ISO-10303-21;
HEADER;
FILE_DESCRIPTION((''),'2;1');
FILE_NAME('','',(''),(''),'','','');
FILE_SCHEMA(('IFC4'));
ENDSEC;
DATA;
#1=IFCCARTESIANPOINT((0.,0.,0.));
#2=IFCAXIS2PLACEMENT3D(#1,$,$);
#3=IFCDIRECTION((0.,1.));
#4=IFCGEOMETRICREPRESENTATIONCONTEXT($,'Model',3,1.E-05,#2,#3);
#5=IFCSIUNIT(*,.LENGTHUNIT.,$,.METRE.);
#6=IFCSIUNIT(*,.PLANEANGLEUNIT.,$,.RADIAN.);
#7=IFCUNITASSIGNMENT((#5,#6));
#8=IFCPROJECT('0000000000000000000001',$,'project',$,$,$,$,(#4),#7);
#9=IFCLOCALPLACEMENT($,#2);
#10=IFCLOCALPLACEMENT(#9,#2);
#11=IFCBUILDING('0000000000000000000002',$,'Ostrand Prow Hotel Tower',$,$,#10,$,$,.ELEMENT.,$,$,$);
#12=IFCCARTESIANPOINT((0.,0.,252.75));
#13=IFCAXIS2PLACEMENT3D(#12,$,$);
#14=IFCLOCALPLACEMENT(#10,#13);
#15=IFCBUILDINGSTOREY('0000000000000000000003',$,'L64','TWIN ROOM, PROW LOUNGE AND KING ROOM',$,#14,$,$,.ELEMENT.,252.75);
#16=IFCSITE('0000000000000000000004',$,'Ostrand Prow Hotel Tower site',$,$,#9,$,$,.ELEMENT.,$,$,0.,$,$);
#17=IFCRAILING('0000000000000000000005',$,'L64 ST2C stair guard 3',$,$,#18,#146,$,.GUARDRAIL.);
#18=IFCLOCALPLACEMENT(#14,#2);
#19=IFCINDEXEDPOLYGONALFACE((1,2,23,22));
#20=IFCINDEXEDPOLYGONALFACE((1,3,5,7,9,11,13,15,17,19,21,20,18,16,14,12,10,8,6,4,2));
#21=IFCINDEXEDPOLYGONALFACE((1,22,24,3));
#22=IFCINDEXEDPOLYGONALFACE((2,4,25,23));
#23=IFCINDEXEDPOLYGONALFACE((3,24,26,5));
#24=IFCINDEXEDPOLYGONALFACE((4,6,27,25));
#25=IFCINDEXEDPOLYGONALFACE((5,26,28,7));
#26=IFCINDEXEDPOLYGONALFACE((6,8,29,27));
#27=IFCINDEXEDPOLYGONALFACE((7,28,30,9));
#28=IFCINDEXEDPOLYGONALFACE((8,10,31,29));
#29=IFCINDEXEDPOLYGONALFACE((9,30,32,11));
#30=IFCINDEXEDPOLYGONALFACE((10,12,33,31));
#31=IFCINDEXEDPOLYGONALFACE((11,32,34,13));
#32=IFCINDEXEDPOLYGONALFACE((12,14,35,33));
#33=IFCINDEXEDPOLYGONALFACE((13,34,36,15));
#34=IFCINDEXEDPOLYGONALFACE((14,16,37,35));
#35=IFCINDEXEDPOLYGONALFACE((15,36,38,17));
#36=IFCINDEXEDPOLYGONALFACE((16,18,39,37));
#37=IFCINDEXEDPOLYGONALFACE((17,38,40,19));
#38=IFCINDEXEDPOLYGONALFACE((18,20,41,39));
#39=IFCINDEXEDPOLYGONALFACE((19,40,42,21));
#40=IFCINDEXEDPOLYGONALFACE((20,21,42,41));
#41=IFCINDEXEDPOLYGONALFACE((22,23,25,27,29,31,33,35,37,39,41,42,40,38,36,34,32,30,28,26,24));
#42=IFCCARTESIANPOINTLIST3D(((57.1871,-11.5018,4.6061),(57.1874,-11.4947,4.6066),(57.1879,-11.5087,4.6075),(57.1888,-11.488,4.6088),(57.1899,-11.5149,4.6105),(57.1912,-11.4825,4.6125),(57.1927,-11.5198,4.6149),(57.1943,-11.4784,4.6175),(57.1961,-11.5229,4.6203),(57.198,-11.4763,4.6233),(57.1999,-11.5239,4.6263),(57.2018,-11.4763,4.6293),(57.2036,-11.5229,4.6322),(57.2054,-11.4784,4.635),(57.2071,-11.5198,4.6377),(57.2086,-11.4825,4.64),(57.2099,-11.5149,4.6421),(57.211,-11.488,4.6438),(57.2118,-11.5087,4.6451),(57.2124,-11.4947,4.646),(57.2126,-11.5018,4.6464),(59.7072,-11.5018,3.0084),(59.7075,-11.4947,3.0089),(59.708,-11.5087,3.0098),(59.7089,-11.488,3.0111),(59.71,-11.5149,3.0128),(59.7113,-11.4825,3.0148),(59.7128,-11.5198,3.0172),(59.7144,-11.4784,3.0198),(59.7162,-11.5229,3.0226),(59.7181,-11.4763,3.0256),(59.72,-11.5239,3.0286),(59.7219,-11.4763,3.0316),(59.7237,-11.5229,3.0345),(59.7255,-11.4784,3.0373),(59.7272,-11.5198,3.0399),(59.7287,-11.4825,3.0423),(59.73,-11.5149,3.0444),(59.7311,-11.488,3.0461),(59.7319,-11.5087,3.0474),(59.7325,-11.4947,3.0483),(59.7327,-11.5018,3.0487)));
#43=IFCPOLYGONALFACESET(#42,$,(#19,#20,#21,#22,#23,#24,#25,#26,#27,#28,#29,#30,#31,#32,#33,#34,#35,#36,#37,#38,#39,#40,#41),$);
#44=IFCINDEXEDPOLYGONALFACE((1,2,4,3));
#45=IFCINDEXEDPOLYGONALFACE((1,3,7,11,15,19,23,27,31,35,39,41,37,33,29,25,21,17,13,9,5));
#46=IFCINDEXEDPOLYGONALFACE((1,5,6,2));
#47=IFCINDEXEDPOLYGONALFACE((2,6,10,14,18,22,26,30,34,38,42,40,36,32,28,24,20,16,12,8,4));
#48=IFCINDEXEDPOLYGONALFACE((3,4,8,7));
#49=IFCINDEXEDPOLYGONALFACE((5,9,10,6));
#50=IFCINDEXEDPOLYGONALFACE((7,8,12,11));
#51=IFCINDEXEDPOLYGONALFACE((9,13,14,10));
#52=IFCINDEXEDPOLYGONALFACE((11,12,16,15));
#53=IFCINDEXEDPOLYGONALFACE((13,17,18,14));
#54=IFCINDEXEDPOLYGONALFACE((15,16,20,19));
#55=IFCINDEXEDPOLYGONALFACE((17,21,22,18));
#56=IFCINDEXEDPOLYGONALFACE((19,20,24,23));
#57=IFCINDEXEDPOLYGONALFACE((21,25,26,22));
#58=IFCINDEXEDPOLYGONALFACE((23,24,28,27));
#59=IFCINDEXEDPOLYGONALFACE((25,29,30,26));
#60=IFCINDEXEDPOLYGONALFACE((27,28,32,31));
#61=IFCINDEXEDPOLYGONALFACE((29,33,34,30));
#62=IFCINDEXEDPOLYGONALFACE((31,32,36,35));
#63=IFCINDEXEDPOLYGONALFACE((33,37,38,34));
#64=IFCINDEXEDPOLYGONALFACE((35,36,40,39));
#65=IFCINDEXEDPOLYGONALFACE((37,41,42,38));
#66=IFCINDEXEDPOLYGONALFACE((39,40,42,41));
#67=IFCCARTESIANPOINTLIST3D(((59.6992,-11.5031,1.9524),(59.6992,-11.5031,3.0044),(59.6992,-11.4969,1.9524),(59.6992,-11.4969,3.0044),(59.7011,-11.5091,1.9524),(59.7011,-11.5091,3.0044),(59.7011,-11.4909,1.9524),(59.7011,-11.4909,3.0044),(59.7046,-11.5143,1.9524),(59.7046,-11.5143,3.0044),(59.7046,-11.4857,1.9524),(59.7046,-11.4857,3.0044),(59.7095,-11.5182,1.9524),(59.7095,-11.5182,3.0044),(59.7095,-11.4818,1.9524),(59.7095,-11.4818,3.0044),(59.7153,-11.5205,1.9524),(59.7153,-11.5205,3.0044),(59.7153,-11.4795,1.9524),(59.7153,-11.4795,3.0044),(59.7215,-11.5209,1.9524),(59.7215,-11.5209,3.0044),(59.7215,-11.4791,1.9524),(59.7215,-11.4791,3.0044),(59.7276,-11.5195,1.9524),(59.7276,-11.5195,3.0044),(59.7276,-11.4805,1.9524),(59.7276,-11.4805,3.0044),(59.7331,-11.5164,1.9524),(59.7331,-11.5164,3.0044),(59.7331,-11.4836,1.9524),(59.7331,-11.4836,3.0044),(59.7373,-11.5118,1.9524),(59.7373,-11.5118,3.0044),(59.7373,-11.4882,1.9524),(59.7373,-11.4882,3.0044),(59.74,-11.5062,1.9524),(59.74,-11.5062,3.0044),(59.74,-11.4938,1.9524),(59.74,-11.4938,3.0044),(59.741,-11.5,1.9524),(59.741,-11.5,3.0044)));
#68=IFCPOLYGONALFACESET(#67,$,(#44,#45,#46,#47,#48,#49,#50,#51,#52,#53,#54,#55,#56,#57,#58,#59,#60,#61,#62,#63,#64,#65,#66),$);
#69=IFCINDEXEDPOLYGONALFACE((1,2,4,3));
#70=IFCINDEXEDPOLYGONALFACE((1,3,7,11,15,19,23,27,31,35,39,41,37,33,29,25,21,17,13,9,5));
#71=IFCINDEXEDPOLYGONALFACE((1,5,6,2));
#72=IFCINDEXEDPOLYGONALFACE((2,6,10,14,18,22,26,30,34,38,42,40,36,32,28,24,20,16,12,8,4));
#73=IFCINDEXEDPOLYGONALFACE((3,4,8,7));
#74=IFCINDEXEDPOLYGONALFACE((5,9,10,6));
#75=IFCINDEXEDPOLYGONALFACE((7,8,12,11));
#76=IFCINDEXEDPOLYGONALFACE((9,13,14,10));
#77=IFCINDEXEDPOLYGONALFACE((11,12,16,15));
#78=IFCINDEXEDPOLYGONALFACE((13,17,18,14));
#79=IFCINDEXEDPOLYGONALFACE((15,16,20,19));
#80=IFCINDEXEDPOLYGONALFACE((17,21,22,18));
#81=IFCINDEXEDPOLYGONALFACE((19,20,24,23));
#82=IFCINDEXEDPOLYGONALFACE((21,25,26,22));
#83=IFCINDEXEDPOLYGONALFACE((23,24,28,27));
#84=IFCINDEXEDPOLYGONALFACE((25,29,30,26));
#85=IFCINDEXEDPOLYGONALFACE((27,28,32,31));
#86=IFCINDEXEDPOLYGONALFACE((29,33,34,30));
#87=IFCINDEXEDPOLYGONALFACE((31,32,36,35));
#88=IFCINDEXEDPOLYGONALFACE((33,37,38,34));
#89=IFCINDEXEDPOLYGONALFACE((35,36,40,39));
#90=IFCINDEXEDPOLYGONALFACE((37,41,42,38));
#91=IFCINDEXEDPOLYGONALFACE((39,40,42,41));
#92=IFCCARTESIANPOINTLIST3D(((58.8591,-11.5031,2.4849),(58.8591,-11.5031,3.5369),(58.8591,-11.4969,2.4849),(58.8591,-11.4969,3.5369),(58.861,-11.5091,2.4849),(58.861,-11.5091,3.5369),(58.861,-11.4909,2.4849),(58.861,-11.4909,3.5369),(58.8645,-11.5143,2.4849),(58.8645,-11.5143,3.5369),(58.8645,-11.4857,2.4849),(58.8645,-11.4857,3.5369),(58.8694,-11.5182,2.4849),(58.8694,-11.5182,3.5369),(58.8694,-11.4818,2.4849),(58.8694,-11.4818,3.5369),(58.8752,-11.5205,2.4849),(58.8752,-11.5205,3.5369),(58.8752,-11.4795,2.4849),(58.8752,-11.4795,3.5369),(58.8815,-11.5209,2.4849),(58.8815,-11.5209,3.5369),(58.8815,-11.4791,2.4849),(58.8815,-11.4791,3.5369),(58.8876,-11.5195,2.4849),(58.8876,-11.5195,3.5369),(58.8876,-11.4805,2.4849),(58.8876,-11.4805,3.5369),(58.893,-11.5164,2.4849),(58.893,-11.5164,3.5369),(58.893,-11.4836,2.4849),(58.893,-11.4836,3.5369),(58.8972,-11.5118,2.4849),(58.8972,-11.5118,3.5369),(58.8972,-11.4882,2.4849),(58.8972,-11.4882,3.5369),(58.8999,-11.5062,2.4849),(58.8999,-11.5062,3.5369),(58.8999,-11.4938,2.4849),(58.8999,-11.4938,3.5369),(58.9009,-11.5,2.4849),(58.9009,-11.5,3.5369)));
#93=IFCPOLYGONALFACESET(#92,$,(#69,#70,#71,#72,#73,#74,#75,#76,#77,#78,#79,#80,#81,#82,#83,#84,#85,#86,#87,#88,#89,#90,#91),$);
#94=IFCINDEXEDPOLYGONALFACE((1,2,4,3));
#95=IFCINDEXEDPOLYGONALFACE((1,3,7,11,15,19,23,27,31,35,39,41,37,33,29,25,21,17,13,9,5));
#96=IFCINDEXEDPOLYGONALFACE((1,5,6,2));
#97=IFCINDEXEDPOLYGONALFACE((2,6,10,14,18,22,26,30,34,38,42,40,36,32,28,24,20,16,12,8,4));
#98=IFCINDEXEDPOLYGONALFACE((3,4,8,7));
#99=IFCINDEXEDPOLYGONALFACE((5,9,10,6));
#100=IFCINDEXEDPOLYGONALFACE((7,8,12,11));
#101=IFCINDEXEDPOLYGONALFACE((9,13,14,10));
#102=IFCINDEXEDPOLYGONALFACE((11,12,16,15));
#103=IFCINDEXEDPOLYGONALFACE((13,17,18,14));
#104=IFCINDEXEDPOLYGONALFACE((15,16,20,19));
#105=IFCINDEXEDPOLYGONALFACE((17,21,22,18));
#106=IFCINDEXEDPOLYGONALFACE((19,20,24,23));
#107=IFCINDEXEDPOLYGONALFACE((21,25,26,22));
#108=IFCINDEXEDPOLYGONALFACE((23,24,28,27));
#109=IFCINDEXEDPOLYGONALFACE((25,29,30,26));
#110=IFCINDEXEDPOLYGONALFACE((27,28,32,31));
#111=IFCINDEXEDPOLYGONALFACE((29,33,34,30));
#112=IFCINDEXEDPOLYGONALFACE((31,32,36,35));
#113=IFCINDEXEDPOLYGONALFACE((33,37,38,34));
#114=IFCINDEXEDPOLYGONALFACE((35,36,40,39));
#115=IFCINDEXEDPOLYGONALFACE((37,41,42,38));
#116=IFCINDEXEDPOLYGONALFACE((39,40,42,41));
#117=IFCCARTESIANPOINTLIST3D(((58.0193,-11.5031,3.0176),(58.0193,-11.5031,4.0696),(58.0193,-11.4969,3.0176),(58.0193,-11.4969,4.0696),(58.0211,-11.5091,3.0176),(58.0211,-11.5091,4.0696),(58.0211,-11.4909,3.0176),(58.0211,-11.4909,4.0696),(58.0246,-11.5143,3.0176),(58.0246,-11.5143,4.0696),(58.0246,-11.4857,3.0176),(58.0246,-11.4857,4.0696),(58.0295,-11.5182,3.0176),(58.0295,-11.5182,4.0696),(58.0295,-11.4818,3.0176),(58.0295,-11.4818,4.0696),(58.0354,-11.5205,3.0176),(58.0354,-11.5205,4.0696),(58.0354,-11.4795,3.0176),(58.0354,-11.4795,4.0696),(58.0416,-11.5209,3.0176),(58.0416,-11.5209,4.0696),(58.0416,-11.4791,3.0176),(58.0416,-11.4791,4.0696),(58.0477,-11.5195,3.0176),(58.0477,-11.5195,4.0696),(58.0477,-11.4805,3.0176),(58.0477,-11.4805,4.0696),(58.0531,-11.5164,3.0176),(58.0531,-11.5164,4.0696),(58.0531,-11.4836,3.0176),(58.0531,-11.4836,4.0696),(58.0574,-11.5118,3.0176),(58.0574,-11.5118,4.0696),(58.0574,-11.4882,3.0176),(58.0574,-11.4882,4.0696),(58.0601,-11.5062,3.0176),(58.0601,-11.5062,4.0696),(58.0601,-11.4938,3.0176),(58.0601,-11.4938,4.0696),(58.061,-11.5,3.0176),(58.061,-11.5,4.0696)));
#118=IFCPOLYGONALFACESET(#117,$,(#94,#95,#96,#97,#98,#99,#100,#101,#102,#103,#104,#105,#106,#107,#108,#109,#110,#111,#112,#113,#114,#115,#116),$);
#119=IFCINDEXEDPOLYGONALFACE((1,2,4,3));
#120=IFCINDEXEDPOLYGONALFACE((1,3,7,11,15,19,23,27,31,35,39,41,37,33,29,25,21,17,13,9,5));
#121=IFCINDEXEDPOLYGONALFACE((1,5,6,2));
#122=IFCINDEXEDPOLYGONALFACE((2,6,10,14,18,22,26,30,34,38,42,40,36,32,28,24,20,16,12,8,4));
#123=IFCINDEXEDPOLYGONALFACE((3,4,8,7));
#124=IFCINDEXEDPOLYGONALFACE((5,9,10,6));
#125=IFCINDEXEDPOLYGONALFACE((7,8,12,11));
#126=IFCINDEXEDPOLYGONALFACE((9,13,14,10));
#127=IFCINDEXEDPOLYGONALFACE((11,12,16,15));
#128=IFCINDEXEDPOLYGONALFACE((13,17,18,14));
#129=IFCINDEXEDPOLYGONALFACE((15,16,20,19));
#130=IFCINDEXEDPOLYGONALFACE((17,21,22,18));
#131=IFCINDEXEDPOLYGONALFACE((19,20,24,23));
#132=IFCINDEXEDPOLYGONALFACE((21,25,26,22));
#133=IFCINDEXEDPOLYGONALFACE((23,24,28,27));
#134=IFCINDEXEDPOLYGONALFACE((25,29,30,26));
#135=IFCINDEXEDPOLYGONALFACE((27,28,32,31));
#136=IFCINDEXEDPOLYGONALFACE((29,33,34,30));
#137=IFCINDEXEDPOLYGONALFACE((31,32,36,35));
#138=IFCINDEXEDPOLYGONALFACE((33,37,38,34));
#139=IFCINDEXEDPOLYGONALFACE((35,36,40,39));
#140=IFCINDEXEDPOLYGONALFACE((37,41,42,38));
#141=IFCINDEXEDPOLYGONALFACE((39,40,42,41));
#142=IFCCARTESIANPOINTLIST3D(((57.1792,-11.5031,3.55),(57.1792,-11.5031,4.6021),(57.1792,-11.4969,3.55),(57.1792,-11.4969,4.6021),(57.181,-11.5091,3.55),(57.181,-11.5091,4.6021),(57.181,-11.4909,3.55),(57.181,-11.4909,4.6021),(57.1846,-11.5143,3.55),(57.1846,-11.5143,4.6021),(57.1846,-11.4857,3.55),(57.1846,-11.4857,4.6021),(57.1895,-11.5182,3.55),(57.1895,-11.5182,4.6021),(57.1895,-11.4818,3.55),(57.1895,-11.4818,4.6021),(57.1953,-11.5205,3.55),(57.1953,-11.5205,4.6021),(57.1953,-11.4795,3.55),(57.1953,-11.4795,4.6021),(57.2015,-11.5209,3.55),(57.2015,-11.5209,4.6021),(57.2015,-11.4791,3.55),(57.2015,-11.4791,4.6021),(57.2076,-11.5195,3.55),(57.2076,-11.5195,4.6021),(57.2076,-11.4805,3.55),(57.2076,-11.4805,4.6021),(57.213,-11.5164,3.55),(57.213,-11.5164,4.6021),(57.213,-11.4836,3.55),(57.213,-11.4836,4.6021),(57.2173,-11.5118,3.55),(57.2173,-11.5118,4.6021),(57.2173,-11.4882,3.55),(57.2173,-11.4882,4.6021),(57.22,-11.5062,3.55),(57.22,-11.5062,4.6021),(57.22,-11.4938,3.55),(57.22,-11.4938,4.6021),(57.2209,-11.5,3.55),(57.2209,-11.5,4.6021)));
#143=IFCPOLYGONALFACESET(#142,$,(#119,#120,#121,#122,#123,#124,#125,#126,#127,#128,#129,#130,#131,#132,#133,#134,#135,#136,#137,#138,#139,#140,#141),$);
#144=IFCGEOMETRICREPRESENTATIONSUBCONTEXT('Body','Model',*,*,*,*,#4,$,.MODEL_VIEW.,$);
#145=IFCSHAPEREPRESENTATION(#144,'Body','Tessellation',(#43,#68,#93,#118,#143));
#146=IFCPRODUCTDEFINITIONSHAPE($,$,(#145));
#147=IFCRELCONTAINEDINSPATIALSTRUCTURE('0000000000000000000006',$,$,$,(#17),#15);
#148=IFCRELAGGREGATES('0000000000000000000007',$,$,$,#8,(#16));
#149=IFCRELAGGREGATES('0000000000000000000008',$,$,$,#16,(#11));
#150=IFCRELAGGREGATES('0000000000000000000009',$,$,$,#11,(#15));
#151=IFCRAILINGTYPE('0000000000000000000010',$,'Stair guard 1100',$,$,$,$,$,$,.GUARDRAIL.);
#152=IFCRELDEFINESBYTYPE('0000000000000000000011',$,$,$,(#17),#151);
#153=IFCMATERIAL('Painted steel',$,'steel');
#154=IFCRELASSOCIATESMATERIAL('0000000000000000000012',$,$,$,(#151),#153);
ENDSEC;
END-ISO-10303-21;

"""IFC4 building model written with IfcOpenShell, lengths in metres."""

from ifc_helpers import new_model, si_unit, direction, frame, origin, origin_2d, place, context, subcontext, project, spatial, circle, extrude, material, type_object, element, save


model = new_model("IFC4")

# Units and contexts
model_context = context("Model", 3, precision=1e-05, world=origin(), true_north=direction((0.0, 1.0)))
body_context = subcontext(model_context, "Body", "Model", "MODEL_VIEW")
ifc_project = project(units=[si_unit("LENGTHUNIT", "METRE"), si_unit("PLANEANGLEUNIT", "RADIAN")], contexts=[model_context])

# Site, building, storey
site_placement = place(None, origin())
site = spatial("IfcSite", under=ifc_project, at=site_placement, Name="Ostrand Prow Hotel Tower site", CompositionType="ELEMENT", RefElevation=0.0)
building_placement = place(site_placement, origin())
building = spatial("IfcBuilding", under=site, at=building_placement, Name="Ostrand Prow Hotel Tower", CompositionType="ELEMENT")
storey_placement = place(building_placement, frame((0.0, 0.0, 252.75)))
storey = spatial("IfcBuildingStorey", under=building, at=storey_placement, Name="L64", Description="TWIN ROOM, PROW LOUNGE AND KING ROOM", CompositionType="ELEMENT", Elevation=252.75)

# Railing
ifc_material_1 = material(Name="Painted steel", Category="steel")
railing_type_1 = type_object("IfcRailingType", Name="Stair guard 1100", PredefinedType="GUARDRAIL", material=ifc_material_1)
railing_1_placement = place(storey_placement, frame((59.72, -11.5, 1.9524)))
element("IfcRailing", 1, at=railing_1_placement, inside=storey, type_object=railing_type_1, Name="L64 ST2C stair guard 3", PredefinedType="GUARDRAIL", context=body_context, shape_type="SweptSolid", body=[
    extrude(circle(Radius=0.0239, at=origin_2d()), frame((0.0, 0.0, 1.0762), z_axis=(-0.84457, 0.0, 0.535445), x_axis=(0.0, -1.0, 0.0)), (0.0, 0.0, 1.0), 2.9839),
    extrude(circle(Radius=0.021, at=origin_2d()), origin(), (0.0, 0.0, 1.0), 1.052),
    extrude(circle(Radius=0.021, at=origin_2d()), frame((-0.8401, 0.0, 0.5325)), (0.0, 0.0, 1.0), 1.052),
    extrude(circle(Radius=0.021, at=origin_2d()), frame((-1.6799, 0.0, 1.0652)), (0.0, 0.0, 1.0), 1.052),
    extrude(circle(Radius=0.021, at=origin_2d()), frame((-2.52, 0.0, 1.5977)), (0.0, 0.0, 1.0), 1.052),
])

save(model, "model.ifc")
